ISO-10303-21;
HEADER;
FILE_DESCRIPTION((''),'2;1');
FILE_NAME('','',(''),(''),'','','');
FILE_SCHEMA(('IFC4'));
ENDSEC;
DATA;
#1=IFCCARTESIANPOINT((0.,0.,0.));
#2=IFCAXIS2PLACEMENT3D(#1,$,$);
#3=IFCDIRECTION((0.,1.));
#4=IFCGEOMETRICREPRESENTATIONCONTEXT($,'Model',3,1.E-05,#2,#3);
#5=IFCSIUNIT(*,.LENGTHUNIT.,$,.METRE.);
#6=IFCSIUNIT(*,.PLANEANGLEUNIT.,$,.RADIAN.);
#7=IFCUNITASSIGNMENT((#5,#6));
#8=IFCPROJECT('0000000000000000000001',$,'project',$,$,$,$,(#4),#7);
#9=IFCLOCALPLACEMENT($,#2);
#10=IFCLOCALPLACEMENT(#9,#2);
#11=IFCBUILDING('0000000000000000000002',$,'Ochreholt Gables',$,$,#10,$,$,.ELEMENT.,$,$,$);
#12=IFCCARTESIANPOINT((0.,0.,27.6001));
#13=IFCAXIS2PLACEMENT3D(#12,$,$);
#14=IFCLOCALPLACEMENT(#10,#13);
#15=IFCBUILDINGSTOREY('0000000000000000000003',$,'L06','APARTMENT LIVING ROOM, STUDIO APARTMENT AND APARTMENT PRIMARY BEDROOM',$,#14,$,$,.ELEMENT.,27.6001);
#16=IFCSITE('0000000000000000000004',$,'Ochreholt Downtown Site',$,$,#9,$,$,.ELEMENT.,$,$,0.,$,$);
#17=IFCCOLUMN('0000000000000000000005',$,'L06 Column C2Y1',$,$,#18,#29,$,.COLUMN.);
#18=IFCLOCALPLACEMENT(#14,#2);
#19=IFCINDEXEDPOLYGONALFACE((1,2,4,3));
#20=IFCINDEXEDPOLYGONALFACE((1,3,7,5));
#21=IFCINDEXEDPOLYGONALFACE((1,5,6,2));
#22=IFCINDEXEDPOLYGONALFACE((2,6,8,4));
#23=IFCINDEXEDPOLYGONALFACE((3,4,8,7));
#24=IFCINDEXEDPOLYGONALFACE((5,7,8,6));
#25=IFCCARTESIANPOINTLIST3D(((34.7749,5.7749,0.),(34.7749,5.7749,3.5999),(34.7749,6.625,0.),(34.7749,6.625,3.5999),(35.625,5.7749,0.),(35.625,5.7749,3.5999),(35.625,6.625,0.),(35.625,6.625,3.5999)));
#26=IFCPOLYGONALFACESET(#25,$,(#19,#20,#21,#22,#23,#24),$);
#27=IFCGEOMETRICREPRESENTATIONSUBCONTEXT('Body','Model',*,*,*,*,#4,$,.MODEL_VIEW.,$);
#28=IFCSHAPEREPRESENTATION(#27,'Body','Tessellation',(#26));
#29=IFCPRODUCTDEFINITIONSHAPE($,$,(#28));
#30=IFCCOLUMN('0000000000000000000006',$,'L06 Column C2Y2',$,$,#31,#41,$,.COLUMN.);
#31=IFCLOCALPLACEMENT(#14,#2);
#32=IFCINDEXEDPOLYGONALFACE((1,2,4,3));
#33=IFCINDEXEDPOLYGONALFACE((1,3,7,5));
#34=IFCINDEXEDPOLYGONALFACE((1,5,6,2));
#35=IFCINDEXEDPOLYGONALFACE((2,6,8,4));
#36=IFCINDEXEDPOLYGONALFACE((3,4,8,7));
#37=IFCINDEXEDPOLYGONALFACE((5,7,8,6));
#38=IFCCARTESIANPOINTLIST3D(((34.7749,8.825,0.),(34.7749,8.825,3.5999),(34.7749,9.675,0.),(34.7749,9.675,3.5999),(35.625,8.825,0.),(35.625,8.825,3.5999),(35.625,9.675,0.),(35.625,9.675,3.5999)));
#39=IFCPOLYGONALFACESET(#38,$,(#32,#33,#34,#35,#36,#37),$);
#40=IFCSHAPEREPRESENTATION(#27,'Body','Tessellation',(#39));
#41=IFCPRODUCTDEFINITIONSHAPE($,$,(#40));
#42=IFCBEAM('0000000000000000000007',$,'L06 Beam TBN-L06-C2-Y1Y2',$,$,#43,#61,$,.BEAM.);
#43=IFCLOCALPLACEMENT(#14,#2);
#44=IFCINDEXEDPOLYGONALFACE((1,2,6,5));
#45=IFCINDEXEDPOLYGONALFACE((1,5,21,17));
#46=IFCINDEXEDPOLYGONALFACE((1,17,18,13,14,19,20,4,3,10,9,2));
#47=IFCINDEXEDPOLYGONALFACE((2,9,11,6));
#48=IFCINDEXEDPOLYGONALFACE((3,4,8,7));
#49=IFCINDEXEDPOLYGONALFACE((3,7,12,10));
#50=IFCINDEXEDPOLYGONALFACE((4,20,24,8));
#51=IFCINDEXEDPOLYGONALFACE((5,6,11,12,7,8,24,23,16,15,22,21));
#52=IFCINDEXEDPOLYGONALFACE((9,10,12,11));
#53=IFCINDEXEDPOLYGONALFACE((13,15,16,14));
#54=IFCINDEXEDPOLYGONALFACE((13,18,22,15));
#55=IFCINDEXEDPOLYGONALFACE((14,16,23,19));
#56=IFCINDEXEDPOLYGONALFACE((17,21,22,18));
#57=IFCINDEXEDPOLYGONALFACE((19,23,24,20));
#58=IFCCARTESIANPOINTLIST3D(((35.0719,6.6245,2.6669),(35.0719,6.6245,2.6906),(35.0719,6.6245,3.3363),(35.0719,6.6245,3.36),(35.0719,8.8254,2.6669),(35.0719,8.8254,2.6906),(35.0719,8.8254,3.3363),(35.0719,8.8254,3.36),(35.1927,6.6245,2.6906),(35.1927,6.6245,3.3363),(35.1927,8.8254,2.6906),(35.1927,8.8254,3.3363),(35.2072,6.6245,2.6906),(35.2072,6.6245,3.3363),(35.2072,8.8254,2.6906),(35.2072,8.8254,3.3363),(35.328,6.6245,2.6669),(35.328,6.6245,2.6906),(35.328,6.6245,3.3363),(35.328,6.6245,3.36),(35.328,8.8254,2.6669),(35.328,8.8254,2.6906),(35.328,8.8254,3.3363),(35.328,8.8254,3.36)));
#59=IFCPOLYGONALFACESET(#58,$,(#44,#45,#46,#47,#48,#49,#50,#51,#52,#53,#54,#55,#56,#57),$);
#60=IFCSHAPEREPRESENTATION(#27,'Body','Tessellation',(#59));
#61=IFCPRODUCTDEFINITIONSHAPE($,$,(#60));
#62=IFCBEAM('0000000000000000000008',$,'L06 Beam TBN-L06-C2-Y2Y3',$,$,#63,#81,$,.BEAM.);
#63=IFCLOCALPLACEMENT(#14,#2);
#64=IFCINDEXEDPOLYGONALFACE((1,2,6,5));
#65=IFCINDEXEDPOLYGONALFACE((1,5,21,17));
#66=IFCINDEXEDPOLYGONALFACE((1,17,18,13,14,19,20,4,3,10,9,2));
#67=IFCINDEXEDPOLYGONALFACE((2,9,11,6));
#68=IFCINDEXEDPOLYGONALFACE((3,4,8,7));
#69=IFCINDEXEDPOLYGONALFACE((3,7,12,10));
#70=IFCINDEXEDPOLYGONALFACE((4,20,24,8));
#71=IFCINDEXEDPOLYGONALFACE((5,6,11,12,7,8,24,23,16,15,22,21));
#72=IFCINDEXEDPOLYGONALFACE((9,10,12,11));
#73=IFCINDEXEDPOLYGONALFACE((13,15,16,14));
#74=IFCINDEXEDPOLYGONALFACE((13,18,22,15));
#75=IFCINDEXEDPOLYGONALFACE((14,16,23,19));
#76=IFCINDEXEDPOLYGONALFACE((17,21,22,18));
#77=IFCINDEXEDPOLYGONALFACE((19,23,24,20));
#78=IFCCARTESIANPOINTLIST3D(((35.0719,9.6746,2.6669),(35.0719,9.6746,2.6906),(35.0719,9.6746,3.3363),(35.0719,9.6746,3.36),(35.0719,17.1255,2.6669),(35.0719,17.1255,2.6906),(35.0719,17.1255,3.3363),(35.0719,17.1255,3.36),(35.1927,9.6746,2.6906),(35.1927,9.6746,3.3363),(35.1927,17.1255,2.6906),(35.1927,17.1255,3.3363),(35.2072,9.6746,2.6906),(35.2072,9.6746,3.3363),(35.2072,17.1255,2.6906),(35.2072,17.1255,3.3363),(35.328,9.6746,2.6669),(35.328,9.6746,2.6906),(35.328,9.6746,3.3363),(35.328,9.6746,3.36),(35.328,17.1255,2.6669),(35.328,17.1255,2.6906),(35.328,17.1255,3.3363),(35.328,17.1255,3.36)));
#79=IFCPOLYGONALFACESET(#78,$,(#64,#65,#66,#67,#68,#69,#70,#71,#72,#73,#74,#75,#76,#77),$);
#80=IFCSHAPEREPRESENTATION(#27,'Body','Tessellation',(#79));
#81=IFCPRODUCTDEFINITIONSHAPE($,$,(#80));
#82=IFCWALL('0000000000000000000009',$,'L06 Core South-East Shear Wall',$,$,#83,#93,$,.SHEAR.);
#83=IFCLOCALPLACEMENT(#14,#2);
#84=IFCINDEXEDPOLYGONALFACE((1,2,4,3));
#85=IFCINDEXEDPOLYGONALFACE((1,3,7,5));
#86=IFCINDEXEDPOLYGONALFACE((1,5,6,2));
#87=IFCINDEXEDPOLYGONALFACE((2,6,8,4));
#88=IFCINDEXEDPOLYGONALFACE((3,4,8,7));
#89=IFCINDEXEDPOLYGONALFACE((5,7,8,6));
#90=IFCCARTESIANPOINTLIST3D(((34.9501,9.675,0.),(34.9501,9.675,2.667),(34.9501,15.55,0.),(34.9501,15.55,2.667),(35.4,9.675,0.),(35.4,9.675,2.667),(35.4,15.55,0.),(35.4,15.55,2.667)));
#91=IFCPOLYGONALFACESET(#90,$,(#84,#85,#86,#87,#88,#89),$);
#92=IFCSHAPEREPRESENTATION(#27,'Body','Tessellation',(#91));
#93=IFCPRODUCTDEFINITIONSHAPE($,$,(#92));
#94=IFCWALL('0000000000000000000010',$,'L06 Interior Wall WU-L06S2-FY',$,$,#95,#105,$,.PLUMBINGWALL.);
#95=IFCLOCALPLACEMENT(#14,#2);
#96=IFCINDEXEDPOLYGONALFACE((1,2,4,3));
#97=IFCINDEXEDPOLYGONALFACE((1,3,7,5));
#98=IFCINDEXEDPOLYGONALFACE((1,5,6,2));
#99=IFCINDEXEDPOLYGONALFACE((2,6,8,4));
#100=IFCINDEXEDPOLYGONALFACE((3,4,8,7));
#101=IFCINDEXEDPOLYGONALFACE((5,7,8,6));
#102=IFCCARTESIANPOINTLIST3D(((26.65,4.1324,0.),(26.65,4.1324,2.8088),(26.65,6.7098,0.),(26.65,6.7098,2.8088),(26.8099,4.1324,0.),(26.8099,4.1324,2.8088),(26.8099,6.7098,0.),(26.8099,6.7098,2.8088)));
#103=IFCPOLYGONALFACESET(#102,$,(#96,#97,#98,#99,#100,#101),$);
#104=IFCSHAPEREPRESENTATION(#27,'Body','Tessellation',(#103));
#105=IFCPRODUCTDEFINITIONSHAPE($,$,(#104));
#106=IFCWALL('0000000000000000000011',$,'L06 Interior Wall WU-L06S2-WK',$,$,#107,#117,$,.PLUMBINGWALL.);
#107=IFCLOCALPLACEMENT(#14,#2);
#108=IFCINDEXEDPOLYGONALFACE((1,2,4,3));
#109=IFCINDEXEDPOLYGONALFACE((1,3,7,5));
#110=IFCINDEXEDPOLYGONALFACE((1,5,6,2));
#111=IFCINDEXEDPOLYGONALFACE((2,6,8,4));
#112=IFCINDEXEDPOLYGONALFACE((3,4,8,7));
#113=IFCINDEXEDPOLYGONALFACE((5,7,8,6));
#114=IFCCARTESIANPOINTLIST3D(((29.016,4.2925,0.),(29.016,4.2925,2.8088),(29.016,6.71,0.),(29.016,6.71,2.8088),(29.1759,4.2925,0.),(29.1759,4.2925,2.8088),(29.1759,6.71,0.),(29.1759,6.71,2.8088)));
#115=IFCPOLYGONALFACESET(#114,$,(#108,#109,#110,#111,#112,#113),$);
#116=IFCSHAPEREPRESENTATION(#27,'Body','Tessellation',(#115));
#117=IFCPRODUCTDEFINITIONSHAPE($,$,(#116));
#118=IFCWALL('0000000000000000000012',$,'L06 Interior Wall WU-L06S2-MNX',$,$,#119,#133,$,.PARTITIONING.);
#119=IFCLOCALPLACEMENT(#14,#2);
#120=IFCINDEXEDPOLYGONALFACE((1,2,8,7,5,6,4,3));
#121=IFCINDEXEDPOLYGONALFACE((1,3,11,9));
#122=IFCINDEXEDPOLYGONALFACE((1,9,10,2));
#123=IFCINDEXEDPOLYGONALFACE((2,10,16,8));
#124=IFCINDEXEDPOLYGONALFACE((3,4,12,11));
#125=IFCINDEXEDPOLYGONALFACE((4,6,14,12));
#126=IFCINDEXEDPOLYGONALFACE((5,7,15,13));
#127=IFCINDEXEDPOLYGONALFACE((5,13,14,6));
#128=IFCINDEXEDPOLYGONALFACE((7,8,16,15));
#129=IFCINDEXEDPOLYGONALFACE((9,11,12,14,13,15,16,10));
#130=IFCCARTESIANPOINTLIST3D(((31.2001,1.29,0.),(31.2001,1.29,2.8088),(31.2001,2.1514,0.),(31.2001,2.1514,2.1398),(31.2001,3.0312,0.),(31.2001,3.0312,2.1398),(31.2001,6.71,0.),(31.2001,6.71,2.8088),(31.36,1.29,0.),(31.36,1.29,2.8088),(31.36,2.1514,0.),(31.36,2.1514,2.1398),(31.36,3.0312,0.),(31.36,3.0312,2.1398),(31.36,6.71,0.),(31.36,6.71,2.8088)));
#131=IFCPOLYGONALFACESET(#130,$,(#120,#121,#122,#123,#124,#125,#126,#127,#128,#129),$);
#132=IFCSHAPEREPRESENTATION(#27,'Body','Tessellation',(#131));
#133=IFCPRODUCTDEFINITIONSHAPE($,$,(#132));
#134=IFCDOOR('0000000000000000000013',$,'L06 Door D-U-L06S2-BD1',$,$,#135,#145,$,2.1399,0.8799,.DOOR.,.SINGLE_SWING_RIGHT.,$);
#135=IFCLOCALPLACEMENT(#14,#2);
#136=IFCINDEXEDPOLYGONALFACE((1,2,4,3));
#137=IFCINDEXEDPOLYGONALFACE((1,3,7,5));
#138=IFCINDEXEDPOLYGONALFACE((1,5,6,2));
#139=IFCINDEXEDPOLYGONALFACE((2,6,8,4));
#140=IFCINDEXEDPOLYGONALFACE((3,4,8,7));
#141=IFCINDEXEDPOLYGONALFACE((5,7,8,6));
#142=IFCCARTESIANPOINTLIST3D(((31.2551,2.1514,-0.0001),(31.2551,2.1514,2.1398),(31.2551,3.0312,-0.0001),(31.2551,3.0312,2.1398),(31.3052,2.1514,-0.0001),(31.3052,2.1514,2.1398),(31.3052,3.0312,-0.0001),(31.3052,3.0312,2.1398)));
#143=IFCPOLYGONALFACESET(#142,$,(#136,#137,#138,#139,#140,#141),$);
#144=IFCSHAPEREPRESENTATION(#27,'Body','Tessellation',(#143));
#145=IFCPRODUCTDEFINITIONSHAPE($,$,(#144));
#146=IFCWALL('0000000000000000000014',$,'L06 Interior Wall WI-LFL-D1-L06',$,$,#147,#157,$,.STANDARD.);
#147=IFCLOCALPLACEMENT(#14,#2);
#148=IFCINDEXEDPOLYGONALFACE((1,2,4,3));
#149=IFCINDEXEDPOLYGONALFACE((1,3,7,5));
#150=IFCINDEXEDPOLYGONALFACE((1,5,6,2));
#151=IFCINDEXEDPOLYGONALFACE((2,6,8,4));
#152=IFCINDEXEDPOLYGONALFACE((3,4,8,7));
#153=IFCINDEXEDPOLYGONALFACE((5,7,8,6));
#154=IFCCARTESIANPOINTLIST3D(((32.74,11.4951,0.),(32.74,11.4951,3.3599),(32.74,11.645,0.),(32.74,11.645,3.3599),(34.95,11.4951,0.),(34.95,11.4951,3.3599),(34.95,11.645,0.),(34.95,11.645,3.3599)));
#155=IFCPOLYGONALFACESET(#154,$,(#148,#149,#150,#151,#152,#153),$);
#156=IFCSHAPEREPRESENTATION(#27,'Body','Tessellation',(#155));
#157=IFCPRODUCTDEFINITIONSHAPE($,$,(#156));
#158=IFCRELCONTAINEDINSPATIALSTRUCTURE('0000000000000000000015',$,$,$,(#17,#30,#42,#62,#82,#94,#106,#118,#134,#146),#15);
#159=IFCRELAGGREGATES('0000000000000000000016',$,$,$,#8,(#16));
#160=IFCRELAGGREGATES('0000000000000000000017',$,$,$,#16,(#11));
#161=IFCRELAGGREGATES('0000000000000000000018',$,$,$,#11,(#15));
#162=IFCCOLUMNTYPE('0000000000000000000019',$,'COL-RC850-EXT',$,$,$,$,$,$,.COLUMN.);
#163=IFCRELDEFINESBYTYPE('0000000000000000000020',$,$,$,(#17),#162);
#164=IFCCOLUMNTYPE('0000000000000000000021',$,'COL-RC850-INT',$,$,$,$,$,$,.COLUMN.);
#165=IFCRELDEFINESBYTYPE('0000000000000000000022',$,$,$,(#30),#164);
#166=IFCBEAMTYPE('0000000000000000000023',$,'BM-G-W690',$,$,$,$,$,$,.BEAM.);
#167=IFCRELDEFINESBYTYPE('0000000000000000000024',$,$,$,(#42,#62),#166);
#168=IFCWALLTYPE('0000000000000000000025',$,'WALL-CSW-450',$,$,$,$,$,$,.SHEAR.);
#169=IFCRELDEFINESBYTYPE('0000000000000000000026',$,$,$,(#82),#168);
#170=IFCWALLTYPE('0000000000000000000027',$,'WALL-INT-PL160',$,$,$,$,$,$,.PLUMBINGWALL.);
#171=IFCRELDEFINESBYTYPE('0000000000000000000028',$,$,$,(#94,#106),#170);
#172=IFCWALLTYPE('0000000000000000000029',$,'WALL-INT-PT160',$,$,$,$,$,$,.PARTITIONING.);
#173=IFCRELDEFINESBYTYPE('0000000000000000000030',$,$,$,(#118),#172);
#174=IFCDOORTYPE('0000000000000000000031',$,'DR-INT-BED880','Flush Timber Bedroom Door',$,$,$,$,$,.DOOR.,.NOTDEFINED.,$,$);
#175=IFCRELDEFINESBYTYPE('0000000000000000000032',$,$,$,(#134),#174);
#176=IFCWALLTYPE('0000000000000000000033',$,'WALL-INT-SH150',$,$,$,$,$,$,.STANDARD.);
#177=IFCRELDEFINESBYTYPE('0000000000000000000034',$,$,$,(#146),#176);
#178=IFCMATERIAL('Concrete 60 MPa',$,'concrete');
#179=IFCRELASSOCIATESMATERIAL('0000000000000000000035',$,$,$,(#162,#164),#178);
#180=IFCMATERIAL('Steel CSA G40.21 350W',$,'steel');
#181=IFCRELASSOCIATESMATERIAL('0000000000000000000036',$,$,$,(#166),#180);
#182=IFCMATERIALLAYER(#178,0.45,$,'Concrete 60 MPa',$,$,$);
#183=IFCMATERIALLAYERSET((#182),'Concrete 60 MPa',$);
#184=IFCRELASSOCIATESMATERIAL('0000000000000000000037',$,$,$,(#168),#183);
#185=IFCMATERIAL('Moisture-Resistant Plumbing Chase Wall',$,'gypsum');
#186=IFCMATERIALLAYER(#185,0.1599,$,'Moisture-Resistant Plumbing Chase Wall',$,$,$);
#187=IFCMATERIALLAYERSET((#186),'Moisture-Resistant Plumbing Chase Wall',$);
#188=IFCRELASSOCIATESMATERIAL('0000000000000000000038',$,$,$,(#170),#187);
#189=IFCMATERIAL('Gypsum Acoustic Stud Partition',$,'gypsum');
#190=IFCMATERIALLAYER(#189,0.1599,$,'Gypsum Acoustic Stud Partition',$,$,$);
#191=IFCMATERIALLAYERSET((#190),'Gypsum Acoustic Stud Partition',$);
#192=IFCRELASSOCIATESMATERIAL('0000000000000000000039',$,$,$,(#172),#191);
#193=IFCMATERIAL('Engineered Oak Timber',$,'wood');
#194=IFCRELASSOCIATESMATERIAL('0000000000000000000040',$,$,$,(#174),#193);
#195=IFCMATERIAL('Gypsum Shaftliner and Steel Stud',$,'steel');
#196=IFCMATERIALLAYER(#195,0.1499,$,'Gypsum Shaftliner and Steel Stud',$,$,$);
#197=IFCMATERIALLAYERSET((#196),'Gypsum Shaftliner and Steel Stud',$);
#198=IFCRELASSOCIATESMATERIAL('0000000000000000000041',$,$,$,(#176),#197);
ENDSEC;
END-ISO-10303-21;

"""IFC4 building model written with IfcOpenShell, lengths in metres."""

from ifc_helpers import new_model, si_unit, direction, frame, frame_2d, origin, origin_2d, place, context, subcontext, project, spatial, rectangle, i_section, extrude, material, layer, layer_set, material_profile, profile_set, type_object, element, fill, save


model = new_model("IFC4")

# Units and contexts
model_context = context("Model", 3, precision=1e-05, world=origin(), true_north=direction((0.0, 1.0)))
body_context = subcontext(model_context, "Body", "Model", "MODEL_VIEW")
ifc_project = project(units=[si_unit("LENGTHUNIT", "METRE"), si_unit("PLANEANGLEUNIT", "RADIAN")], contexts=[model_context])

# Site, building, storey
site_placement = place(None, origin())
site = spatial("IfcSite", under=ifc_project, at=site_placement, Name="Ochreholt Downtown Site", CompositionType="ELEMENT", RefElevation=0.0)
building_placement = place(site_placement, origin())
building = spatial("IfcBuilding", under=site, at=building_placement, Name="Ochreholt Gables", CompositionType="ELEMENT")
storey_placement = place(building_placement, frame((0.0, 0.0, 27.6001)))
storey = spatial("IfcBuildingStorey", under=building, at=storey_placement, Name="L06", Description="APARTMENT LIVING ROOM, STUDIO APARTMENT AND APARTMENT PRIMARY BEDROOM", CompositionType="ELEMENT", Elevation=27.6001)

# Columns
ifc_material_1 = material(Name="Concrete 60 MPa", Category="concrete")
ifc_material_profile_1 = material_profile(ifc_material_1, rectangle(XDim=0.8501, YDim=0.8501, at=origin_2d()), Name="RC850X850")
ifc_profile_set_1 = profile_set([ifc_material_profile_1], Name="Concrete 60 MPa")
column_type_1 = type_object("IfcColumnType", Name="COL-RC850-EXT", PredefinedType="COLUMN", material=ifc_profile_set_1)
column_1_placement = place(storey_placement, frame((35.2, 6.2, 0.0), z_axis=(0.0, 0.0, 1.0), x_axis=(1.0, 0.0, 0.0)))
element("IfcColumn", 1, at=column_1_placement, inside=storey, type_object=column_type_1, Name="L06 Column C2Y1", PredefinedType="COLUMN", context=body_context, shape_type="SweptSolid", body=[
    extrude(rectangle(XDim=0.8501, YDim=0.8501, at=origin_2d()), origin(), (0.0, 0.0, 1.0), 3.5999),
])
ifc_material_profile_2 = material_profile(ifc_material_1, rectangle(XDim=0.8501, YDim=0.8501, at=origin_2d()), Name="RC850X850")
ifc_profile_set_2 = profile_set([ifc_material_profile_2], Name="Concrete 60 MPa")
column_type_2 = type_object("IfcColumnType", Name="COL-RC850-INT", PredefinedType="COLUMN", material=ifc_profile_set_2)
column_2_placement = place(storey_placement, frame((35.2, 9.25, 0.0), z_axis=(0.0, 0.0, 1.0), x_axis=(1.0, 0.0, 0.0)))
element("IfcColumn", 2, at=column_2_placement, inside=storey, type_object=column_type_2, Name="L06 Column C2Y2", PredefinedType="COLUMN", context=body_context, shape_type="SweptSolid", body=[
    extrude(rectangle(XDim=0.8501, YDim=0.8501, at=origin_2d()), origin(), (0.0, 0.0, 1.0), 3.5999),
])

# Beams
ifc_material_2 = material(Name="Steel CSA G40.21 350W", Category="steel")
ifc_material_profile_3 = material_profile(ifc_material_2, i_section(OverallWidth=0.2561, OverallDepth=0.6931, WebThickness=0.0144, FlangeThickness=0.0237, at=origin_2d()), Name="W690X170")
ifc_profile_set_3 = profile_set([ifc_material_profile_3], Name="Steel CSA G40.21 350W")
beam_type = type_object("IfcBeamType", Name="BM-G-W690", PredefinedType="BEAM", material=ifc_profile_set_3)
beam_1_placement = place(storey_placement, frame((35.2, 6.6245, 3.0134), z_axis=(0.0, 1.0, 0.0), x_axis=(-1.0, 0.0, 0.0)))
element("IfcBeam", 3, at=beam_1_placement, inside=storey, type_object=beam_type, Name="L06 Beam TBN-L06-C2-Y1Y2", PredefinedType="BEAM", context=body_context, shape_type="SweptSolid", body=[
    extrude(i_section(OverallWidth=0.2561, OverallDepth=0.6931, WebThickness=0.0144, FlangeThickness=0.0237, at=origin_2d()), origin(), (0.0, 0.0, 1.0), 2.2009),
])
beam_2_placement = place(storey_placement, frame((35.2, 9.6746, 3.0134), z_axis=(0.0, 1.0, 0.0), x_axis=(-1.0, 0.0, 0.0)))
element("IfcBeam", 4, at=beam_2_placement, inside=storey, type_object=beam_type, Name="L06 Beam TBN-L06-C2-Y2Y3", PredefinedType="BEAM", context=body_context, shape_type="SweptSolid", body=[
    extrude(i_section(OverallWidth=0.2561, OverallDepth=0.6931, WebThickness=0.0144, FlangeThickness=0.0237, at=origin_2d()), origin(), (0.0, 0.0, 1.0), 7.4509),
])

# Wall
ifc_layer_1 = layer(ifc_material_1, 0.45, Name="Concrete 60 MPa")
ifc_layer_set_1 = layer_set([ifc_layer_1], Name="Concrete 60 MPa")
wall_type_1 = type_object("IfcWallType", Name="WALL-CSW-450", PredefinedType="SHEAR", material=ifc_layer_set_1)
wall_1_placement = place(storey_placement, frame((35.175, 9.675, 0.0), z_axis=(0.0, 0.0, 1.0), x_axis=(0.0, 1.0, 0.0)))
element("IfcWall", 5, at=wall_1_placement, inside=storey, type_object=wall_type_1, Name="L06 Core South-East Shear Wall", PredefinedType="SHEAR", context=body_context, shape_type="SweptSolid", body=[
    extrude(rectangle(XDim=5.875, YDim=0.45, at=frame_2d((2.9375, 0.0))), origin(), (0.0, 0.0, 1.0), 2.667),
])

# Shared definitions
ifc_material_3 = material(Name="Moisture-Resistant Plumbing Chase Wall", Category="gypsum")
ifc_layer_2 = layer(ifc_material_3, 0.1599, Name="Moisture-Resistant Plumbing Chase Wall")
ifc_layer_set_2 = layer_set([ifc_layer_2], Name="Moisture-Resistant Plumbing Chase Wall")
wall_type_2 = type_object("IfcWallType", Name="WALL-INT-PL160", PredefinedType="PLUMBINGWALL", material=ifc_layer_set_2)
ifc_material_4 = material(Name="Engineered Oak Timber", Category="wood")

# Walls
wall_2_placement = place(storey_placement, frame((26.73, 4.1326, 0.0), z_axis=(0.0, 0.0, 1.0), x_axis=(0.0, 1.0, 0.0)))
element("IfcWall", 6, at=wall_2_placement, inside=storey, type_object=wall_type_2, Name="L06 Interior Wall WU-L06S2-FY", PredefinedType="PLUMBINGWALL", context=body_context, shape_type="SweptSolid", body=[
    extrude(rectangle(XDim=2.5774, YDim=0.1599, at=frame_2d((1.2886, 0.0))), origin(), (0.0, 0.0, 1.0), 2.8088),
])
wall_3_placement = place(storey_placement, frame((29.0959, 4.2925, 0.0), z_axis=(0.0, 0.0, 1.0), x_axis=(0.0, 1.0, 0.0)))
element("IfcWall", 7, at=wall_3_placement, inside=storey, type_object=wall_type_2, Name="L06 Interior Wall WU-L06S2-WK", PredefinedType="PLUMBINGWALL", context=body_context, shape_type="SweptSolid", body=[
    extrude(rectangle(XDim=2.4175, YDim=0.1599, at=frame_2d((1.2087, 0.0))), origin(), (0.0, 0.0, 1.0), 2.8088),
])

# Wall, opening, door
ifc_material_5 = material(Name="Gypsum Acoustic Stud Partition", Category="gypsum")
ifc_layer_3 = layer(ifc_material_5, 0.1599, Name="Gypsum Acoustic Stud Partition")
ifc_layer_set_3 = layer_set([ifc_layer_3], Name="Gypsum Acoustic Stud Partition")
wall_type_3 = type_object("IfcWallType", Name="WALL-INT-PT160", PredefinedType="PARTITIONING", material=ifc_layer_set_3)
wall_4_placement = place(storey_placement, frame((31.28, 1.29, 0.0), z_axis=(0.0, 0.0, 1.0), x_axis=(0.0, 1.0, 0.0)))
wall_4 = element("IfcWall", 8, at=wall_4_placement, inside=storey, type_object=wall_type_3, Name="L06 Interior Wall WU-L06S2-MNX", PredefinedType="PARTITIONING", context=body_context, shape_type="SweptSolid", body=[
    extrude(rectangle(XDim=5.4199, YDim=0.1599, at=frame_2d((2.71, 0.0))), origin(), (0.0, 0.0, 1.0), 2.8088),
])
opening_1_placement = place(wall_4_placement, frame((0.8613, 0.0, 0.0)))
opening_1 = element("IfcOpeningElement", 9, at=opening_1_placement, cuts=wall_4, PredefinedType="OPENING", context=body_context, shape_type="SweptSolid", body=[
    extrude(rectangle(XDim=0.8799, YDim=2.1399, at=frame_2d((0.4399, 1.0698))), frame((0.0, 0.0898, 0.0), z_axis=(0.0, -1.0, 0.0), x_axis=(1.0, 0.0, 0.0)), (0.0, 0.0, 1.0), 0.1799),
])
door_type_1 = type_object("IfcDoorType", Name="DR-INT-BED880", Description="Flush Timber Bedroom Door", OperationType="NOTDEFINED", PredefinedType="DOOR", material=ifc_material_4)
door_1_placement = place(opening_1_placement, origin())
door_1 = element("IfcDoor", 10, at=door_1_placement, inside=storey, type_object=door_type_1, Name="L06 Door D-U-L06S2-BD1", OperationType="SINGLE_SWING_RIGHT", OverallHeight=2.1399, OverallWidth=0.8799, PredefinedType="DOOR", context=body_context, shape_type="SweptSolid", body=[
    extrude(rectangle(XDim=0.8799, YDim=2.1399, at=frame_2d((0.4399, 1.0698))), frame((0.0, 0.0249, 0.0), z_axis=(0.0, -1.0, 0.0), x_axis=(1.0, 0.0, 0.0)), (0.0, 0.0, 1.0), 0.05),
])
fill(opening_1, door_1)

# Wall
ifc_material_6 = material(Name="Gypsum Shaftliner and Steel Stud", Category="steel")
ifc_layer_4 = layer(ifc_material_6, 0.1499, Name="Gypsum Shaftliner and Steel Stud")
ifc_layer_set_4 = layer_set([ifc_layer_4], Name="Gypsum Shaftliner and Steel Stud")
wall_type_4 = type_object("IfcWallType", Name="WALL-INT-SH150", PredefinedType="STANDARD", material=ifc_layer_set_4)
wall_5_placement = place(storey_placement, frame((32.74, 11.5701, 0.0), z_axis=(0.0, 0.0, 1.0), x_axis=(1.0, 0.0, 0.0)))
element("IfcWall", 11, at=wall_5_placement, inside=storey, type_object=wall_type_4, Name="L06 Interior Wall WI-LFL-D1-L06", PredefinedType="STANDARD", context=body_context, shape_type="SweptSolid", body=[
    extrude(rectangle(XDim=2.21, YDim=0.1499, at=frame_2d((1.105, 0.0))), origin(), (0.0, 0.0, 1.0), 3.3599),
])

save(model, "model.ifc")
